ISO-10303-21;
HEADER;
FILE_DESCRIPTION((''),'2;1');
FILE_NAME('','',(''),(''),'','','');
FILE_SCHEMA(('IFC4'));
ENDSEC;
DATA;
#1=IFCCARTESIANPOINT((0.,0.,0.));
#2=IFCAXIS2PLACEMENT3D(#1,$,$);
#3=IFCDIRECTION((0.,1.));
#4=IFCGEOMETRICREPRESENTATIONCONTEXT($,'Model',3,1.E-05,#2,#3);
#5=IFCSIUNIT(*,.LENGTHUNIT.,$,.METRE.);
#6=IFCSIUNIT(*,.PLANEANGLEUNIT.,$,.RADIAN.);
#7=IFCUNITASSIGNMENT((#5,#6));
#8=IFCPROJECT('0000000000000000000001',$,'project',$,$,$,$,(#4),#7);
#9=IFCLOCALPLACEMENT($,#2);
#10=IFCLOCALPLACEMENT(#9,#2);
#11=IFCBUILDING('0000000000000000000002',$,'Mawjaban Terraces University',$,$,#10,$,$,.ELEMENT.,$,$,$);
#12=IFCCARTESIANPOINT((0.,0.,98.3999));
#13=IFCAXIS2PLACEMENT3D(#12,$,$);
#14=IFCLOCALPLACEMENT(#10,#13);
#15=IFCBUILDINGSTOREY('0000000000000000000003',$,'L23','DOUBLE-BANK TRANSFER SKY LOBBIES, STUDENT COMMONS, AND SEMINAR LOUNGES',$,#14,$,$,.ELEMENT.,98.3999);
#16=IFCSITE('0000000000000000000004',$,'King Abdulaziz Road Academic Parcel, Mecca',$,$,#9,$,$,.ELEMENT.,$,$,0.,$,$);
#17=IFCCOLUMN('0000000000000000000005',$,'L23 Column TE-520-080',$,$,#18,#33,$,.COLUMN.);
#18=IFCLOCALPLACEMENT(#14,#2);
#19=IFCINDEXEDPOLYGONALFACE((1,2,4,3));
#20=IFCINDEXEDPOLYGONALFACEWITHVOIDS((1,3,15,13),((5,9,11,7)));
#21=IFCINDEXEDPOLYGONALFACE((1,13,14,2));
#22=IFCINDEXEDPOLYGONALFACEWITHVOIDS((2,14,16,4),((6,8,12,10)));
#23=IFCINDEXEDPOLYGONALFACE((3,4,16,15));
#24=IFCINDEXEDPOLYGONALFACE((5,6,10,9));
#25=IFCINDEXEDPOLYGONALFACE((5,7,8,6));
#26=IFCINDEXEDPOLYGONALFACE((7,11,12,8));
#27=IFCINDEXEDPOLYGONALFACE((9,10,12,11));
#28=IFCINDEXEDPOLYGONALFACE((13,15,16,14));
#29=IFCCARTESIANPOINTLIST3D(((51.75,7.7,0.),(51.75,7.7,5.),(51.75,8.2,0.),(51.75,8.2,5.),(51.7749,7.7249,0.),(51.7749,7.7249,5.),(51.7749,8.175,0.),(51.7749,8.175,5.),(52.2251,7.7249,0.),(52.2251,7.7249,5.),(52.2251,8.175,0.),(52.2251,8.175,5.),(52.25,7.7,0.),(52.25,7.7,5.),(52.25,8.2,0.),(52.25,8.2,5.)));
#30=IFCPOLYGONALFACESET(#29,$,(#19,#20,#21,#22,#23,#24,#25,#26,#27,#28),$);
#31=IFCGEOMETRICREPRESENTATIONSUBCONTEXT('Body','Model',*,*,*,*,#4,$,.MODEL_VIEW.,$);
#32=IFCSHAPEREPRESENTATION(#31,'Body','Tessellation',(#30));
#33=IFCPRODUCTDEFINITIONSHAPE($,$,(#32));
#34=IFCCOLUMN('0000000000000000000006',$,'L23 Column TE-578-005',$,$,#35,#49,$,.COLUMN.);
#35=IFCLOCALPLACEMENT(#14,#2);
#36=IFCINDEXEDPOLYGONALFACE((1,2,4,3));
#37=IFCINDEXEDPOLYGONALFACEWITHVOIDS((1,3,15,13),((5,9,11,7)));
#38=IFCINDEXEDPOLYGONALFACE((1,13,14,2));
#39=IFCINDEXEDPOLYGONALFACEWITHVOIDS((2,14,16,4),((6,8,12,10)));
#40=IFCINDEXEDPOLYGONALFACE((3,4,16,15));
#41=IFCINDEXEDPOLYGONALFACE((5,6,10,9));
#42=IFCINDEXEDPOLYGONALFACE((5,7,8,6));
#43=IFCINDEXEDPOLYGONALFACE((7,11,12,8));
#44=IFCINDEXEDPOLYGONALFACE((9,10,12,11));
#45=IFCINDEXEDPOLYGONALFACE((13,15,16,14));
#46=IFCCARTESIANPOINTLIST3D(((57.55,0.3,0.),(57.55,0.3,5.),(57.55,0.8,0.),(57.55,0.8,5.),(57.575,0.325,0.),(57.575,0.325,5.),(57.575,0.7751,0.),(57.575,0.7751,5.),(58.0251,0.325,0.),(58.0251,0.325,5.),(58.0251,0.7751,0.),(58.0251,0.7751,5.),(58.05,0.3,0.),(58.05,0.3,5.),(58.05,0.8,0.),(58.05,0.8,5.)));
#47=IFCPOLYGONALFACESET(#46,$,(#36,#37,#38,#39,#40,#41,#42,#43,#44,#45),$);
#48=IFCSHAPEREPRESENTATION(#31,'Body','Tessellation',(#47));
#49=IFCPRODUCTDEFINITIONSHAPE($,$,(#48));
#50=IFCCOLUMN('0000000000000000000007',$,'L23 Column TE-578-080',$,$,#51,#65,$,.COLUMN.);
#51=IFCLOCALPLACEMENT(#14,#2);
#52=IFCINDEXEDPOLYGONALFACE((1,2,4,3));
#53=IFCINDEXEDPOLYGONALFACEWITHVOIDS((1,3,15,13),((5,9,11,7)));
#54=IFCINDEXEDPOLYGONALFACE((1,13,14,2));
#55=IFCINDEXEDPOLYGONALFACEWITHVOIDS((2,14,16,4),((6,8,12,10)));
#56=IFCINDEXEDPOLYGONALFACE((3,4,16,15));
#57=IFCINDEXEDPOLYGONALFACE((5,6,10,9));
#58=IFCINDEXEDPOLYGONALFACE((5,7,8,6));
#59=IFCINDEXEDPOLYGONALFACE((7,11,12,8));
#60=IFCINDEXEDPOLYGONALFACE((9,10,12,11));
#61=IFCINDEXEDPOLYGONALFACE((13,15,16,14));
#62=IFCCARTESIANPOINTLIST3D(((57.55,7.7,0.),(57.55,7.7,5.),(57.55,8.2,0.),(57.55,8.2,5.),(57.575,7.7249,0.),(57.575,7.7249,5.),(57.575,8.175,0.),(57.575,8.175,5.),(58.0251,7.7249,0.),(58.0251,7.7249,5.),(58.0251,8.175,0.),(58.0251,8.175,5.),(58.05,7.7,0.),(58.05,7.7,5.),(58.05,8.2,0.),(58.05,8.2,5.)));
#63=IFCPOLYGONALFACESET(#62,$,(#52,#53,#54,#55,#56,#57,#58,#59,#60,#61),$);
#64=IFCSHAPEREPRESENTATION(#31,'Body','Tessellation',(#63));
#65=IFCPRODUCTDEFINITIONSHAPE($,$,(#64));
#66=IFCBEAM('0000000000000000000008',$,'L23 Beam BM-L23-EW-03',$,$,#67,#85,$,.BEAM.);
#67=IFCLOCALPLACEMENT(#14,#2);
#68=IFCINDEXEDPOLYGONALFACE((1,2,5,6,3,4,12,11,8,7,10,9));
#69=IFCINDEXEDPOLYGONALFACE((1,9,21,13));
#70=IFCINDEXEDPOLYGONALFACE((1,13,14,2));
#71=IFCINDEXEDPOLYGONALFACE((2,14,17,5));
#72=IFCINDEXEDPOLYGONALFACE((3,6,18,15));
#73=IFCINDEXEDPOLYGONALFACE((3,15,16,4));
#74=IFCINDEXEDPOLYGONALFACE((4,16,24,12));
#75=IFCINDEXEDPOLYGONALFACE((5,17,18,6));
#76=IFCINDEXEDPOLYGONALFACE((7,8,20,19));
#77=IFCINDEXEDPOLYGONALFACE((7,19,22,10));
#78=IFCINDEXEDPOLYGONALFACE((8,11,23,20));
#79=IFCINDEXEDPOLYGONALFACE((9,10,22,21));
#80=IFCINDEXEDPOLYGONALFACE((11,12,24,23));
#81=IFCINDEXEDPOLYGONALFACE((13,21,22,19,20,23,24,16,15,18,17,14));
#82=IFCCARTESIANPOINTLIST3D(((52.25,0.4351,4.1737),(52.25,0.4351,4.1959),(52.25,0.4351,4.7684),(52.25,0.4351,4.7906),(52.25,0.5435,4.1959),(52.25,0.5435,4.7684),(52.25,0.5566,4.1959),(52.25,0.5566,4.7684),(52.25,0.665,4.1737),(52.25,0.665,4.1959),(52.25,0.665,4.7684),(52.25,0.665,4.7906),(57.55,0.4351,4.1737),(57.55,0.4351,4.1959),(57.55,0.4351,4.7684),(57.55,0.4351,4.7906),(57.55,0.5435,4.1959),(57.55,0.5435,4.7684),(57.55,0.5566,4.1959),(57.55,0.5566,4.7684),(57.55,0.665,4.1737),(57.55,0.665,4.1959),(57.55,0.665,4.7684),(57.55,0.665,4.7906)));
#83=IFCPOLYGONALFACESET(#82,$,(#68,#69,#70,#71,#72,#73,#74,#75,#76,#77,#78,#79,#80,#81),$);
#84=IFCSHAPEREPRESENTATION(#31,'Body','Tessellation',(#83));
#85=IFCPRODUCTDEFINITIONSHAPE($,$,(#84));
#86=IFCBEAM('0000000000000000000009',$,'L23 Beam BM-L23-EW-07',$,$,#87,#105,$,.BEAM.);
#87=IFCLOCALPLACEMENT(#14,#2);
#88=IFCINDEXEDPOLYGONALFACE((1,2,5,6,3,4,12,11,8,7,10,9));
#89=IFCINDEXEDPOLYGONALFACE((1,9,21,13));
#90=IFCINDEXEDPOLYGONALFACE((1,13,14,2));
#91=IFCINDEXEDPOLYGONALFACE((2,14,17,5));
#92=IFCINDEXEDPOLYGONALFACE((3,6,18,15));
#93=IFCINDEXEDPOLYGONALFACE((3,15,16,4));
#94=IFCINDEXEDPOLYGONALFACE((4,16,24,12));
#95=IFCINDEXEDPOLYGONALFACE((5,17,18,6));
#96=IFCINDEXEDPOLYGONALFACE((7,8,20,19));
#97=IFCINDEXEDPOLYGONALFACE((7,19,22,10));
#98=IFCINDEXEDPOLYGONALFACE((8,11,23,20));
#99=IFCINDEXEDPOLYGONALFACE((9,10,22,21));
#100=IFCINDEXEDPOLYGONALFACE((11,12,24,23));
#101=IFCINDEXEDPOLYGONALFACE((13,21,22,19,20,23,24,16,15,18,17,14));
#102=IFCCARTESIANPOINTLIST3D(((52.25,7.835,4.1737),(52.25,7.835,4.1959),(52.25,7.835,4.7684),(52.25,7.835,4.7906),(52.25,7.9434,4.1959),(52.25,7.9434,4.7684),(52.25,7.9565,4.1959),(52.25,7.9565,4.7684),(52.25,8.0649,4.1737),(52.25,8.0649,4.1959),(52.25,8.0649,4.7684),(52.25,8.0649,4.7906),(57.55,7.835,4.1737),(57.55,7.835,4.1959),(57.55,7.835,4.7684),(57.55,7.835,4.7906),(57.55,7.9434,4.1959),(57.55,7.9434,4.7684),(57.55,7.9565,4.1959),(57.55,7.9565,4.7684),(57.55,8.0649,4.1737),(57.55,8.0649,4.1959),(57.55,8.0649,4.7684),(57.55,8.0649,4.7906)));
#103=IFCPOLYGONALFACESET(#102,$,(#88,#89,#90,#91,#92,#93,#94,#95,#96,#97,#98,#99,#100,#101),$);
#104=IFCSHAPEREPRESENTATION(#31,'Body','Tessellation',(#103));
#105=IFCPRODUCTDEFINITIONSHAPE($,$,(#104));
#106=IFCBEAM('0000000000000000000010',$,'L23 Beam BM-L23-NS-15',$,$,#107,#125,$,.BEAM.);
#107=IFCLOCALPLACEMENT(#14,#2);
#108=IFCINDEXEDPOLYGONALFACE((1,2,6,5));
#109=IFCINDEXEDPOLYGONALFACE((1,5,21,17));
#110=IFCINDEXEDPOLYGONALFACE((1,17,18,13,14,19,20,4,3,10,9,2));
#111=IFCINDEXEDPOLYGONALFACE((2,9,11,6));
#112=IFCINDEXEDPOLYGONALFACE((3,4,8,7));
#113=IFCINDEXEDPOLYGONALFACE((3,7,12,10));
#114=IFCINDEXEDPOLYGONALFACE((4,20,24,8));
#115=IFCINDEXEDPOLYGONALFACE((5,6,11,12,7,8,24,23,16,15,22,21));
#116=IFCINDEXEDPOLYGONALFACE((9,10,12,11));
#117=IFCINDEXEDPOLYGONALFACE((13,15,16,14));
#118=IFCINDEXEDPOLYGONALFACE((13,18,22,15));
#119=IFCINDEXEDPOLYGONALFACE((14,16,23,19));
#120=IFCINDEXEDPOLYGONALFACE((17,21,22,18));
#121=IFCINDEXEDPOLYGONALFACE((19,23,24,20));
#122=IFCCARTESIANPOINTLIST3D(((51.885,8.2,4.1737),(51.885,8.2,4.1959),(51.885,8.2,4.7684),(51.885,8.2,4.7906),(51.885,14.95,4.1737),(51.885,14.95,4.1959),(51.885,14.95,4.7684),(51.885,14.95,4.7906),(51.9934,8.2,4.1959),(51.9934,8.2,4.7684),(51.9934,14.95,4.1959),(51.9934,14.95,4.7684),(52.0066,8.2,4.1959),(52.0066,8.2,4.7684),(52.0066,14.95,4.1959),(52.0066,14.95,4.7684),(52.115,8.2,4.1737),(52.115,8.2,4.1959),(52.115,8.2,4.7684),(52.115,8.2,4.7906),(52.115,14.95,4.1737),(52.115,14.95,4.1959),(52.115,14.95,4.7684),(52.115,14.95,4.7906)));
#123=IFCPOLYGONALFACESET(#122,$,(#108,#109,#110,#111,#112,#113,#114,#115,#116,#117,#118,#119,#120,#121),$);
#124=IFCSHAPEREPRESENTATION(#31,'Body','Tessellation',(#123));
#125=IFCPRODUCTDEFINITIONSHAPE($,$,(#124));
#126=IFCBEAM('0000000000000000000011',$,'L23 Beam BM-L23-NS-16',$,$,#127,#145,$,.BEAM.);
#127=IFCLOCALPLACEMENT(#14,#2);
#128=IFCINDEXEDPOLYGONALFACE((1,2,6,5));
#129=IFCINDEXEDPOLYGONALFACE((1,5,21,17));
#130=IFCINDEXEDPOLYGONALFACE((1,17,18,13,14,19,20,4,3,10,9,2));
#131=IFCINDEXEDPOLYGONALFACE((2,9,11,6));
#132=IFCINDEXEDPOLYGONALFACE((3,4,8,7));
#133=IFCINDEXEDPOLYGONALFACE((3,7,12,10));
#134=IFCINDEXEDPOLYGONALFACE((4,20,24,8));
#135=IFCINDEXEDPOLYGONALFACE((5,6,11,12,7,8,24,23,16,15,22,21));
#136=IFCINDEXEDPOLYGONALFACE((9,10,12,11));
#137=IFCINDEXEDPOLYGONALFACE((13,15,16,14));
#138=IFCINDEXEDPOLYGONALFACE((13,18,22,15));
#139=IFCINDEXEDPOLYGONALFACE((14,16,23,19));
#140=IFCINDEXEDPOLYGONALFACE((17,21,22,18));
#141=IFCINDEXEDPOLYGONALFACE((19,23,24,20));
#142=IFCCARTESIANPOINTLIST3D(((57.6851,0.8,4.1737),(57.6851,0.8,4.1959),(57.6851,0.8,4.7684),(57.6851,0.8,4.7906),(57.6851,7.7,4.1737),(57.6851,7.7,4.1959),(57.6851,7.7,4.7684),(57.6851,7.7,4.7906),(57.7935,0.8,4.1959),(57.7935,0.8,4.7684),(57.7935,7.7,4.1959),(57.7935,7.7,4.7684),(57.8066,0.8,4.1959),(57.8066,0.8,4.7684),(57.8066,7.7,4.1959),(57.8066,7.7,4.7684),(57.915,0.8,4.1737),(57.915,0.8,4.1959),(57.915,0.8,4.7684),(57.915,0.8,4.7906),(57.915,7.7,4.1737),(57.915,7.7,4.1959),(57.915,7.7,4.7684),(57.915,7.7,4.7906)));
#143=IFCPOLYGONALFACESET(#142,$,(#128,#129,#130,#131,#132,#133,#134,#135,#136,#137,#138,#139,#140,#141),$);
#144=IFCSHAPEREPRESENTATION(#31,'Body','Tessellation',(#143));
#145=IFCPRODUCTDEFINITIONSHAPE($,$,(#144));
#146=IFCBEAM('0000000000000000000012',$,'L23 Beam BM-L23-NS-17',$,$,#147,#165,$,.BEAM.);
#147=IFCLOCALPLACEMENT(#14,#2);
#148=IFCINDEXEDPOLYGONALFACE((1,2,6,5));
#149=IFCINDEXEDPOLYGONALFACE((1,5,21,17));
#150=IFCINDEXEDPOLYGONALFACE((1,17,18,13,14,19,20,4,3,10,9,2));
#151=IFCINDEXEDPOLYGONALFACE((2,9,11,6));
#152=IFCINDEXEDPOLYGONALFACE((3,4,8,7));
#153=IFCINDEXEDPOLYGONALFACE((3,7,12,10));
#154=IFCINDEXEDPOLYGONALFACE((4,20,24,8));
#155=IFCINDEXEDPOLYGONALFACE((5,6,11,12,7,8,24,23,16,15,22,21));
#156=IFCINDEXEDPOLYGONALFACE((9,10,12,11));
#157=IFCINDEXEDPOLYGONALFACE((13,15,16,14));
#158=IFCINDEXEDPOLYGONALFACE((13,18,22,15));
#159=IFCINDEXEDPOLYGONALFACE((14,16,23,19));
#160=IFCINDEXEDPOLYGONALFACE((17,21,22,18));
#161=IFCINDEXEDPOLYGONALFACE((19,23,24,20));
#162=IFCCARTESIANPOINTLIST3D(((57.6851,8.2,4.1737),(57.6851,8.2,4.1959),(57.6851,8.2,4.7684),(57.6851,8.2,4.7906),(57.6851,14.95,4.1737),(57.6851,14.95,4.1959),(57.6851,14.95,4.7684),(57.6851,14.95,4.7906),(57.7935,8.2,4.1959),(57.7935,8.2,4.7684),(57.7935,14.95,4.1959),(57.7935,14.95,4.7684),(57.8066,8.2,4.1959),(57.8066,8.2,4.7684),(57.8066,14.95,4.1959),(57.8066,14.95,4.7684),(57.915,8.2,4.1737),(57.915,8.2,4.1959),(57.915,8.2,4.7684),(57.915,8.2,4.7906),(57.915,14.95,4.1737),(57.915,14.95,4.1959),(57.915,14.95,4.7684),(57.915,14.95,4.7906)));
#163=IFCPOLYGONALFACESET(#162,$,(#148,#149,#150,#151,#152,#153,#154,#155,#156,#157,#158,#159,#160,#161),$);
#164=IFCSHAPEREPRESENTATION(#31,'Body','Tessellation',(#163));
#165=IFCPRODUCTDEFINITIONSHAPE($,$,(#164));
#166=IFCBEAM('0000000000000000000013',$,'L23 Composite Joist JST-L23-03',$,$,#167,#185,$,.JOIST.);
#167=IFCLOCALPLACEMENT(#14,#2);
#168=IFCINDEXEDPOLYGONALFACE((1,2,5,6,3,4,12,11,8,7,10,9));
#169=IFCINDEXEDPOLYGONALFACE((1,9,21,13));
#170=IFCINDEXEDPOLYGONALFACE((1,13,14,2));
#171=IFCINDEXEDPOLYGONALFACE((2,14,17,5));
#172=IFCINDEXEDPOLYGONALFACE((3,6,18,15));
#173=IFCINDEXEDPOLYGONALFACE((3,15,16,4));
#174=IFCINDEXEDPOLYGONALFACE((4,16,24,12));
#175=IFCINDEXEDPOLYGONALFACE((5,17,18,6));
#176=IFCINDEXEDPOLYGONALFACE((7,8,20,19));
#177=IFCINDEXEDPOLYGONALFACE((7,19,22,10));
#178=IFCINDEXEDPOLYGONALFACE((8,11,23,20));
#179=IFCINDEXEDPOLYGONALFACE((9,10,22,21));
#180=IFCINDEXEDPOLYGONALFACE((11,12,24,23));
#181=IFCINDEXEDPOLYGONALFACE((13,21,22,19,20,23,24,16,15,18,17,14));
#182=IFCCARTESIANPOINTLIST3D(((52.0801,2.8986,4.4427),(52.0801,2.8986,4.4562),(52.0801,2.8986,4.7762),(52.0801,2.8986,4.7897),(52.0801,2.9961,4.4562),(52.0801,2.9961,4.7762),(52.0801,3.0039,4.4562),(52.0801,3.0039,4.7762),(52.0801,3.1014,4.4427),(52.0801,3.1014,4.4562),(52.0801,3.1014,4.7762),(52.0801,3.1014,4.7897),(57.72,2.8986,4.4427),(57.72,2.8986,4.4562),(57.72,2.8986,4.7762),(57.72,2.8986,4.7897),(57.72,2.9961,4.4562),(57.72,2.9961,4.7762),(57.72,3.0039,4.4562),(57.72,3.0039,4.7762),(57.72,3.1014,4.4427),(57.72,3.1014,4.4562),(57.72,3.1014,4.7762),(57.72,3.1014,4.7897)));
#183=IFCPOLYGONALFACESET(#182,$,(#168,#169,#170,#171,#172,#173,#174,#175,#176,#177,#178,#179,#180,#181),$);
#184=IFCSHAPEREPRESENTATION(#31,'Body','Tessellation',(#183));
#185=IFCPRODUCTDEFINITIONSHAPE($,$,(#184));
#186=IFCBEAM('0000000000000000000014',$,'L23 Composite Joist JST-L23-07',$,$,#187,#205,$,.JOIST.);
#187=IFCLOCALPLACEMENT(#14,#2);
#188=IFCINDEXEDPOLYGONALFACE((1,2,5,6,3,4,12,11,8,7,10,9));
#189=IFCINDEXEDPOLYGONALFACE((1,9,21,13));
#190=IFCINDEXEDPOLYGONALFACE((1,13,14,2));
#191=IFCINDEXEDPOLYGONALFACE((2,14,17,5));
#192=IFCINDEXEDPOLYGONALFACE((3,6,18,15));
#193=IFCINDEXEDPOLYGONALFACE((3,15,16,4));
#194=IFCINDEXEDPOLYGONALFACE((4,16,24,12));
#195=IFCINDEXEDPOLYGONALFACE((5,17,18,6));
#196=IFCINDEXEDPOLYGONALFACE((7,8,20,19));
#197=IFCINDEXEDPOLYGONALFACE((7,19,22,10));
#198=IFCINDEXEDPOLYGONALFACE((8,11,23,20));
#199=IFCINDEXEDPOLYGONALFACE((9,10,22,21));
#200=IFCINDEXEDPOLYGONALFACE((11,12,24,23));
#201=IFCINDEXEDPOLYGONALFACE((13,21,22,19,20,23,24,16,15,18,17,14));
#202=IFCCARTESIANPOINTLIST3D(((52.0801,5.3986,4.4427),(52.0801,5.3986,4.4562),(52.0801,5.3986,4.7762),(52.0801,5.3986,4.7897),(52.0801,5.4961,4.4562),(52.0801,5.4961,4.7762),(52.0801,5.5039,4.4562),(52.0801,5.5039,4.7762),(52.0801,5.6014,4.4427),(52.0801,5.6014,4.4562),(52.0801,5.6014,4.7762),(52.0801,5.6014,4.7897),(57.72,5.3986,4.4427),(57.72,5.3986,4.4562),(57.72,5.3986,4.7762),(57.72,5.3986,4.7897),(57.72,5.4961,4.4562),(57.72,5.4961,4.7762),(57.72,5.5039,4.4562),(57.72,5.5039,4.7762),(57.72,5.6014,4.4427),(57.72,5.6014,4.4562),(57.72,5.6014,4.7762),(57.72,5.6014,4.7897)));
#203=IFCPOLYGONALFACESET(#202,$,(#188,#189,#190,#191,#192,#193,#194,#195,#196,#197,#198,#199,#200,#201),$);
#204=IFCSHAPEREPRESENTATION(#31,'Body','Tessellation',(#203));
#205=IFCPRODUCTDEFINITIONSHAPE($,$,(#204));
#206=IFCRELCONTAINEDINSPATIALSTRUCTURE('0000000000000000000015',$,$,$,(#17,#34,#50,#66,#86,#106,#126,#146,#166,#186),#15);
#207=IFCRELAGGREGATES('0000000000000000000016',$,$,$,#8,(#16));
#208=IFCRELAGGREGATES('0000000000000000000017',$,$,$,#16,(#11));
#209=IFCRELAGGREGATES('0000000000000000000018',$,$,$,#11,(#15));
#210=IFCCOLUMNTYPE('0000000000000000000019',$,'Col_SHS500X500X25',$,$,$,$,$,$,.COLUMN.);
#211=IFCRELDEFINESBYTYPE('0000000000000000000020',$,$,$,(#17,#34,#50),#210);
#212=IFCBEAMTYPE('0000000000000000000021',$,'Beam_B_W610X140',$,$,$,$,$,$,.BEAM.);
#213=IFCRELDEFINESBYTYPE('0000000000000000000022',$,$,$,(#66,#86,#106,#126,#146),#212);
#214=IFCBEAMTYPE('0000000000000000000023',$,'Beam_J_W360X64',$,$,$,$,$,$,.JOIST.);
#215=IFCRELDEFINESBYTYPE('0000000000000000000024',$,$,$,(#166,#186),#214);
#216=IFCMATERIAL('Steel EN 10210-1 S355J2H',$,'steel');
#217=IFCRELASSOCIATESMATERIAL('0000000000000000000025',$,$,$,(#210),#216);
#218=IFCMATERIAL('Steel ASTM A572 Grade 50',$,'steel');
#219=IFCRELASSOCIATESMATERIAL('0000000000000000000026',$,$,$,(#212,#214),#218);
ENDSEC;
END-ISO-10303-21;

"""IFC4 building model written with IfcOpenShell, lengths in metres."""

from ifc_helpers import new_model, si_unit, direction, frame, origin, origin_2d, place, context, subcontext, project, spatial, hollow_rectangle, i_section, extrude, material, material_profile, profile_set, type_object, element, save


model = new_model("IFC4")

# Units and contexts
model_context = context("Model", 3, precision=1e-05, world=origin(), true_north=direction((0.0, 1.0)))
body_context = subcontext(model_context, "Body", "Model", "MODEL_VIEW")
ifc_project = project(units=[si_unit("LENGTHUNIT", "METRE"), si_unit("PLANEANGLEUNIT", "RADIAN")], contexts=[model_context])

# Site, building, storey
site_placement = place(None, origin())
site = spatial("IfcSite", under=ifc_project, at=site_placement, Name="King Abdulaziz Road Academic Parcel, Mecca", CompositionType="ELEMENT", RefElevation=0.0)
building_placement = place(site_placement, origin())
building = spatial("IfcBuilding", under=site, at=building_placement, Name="Mawjaban Terraces University", CompositionType="ELEMENT")
storey_placement = place(building_placement, frame((0.0, 0.0, 98.3999)))
storey = spatial("IfcBuildingStorey", under=building, at=storey_placement, Name="L23", Description="DOUBLE-BANK TRANSFER SKY LOBBIES, STUDENT COMMONS, AND SEMINAR LOUNGES", CompositionType="ELEMENT", Elevation=98.3999)

# Columns
ifc_material_1 = material(Name="Steel EN 10210-1 S355J2H", Category="steel")
ifc_material_profile_1 = material_profile(ifc_material_1, hollow_rectangle(XDim=0.5, YDim=0.5, WallThickness=0.0249, at=origin_2d()), Name="SHS500X500X25")
ifc_profile_set_1 = profile_set([ifc_material_profile_1], Name="Steel EN 10210-1 S355J2H")
column_type = type_object("IfcColumnType", Name="Col_SHS500X500X25", PredefinedType="COLUMN", material=ifc_profile_set_1)
for number, where, z_axis, x_axis, name in (
    (1, (52.0, 7.95, 0.0), (0.0, 0.0, 1.0), (1.0, 0.0, 0.0), "L23 Column TE-520-080"),
    (2, (57.8, 0.55, 0.0), (0.0, 0.0, 1.0), (1.0, 0.0, 0.0), "L23 Column TE-578-005"),
    (3, (57.8, 7.95, 0.0), (0.0, 0.0, 1.0), (1.0, 0.0, 0.0), "L23 Column TE-578-080"),
):
    element("IfcColumn", number, at=place(storey_placement, frame(where, z_axis=z_axis, x_axis=x_axis)), inside=storey, type_object=column_type, Name=name, PredefinedType="COLUMN", context=body_context, shape_type="SweptSolid", body=[
        extrude(hollow_rectangle(XDim=0.5, YDim=0.5, WallThickness=0.0249, at=origin_2d()), origin(), (0.0, 0.0, 1.0), 5.0),
    ])

# Beams
ifc_material_2 = material(Name="Steel ASTM A572 Grade 50", Category="steel")
ifc_material_profile_2 = material_profile(ifc_material_2, i_section(OverallWidth=0.23, OverallDepth=0.6169, WebThickness=0.0132, FlangeThickness=0.0222, at=origin_2d()), Name="W610X140")
ifc_profile_set_2 = profile_set([ifc_material_profile_2], Name="Steel ASTM A572 Grade 50")
beam_type_1 = type_object("IfcBeamType", Name="Beam_B_W610X140", PredefinedType="BEAM", material=ifc_profile_set_2)
for number, where, z_axis, x_axis, name in (
    (4, (52.25, 0.55, 4.4822), (1.0, 0.0, 0.0), (0.0, 1.0, 0.0), "L23 Beam BM-L23-EW-03"),
    (5, (52.25, 7.95, 4.4822), (1.0, 0.0, 0.0), (0.0, 1.0, 0.0), "L23 Beam BM-L23-EW-07"),
):
    element("IfcBeam", number, at=place(storey_placement, frame(where, z_axis=z_axis, x_axis=x_axis)), inside=storey, type_object=beam_type_1, Name=name, PredefinedType="BEAM", context=body_context, shape_type="SweptSolid", body=[
        extrude(i_section(OverallWidth=0.23, OverallDepth=0.6169, WebThickness=0.0132, FlangeThickness=0.0222, at=origin_2d()), origin(), (0.0, 0.0, 1.0), 5.3),
    ])
beam_1_placement = place(storey_placement, frame((52.0, 8.2, 4.4822), z_axis=(0.0, 1.0, 0.0), x_axis=(-1.0, 0.0, 0.0)))
element("IfcBeam", 6, at=beam_1_placement, inside=storey, type_object=beam_type_1, Name="L23 Beam BM-L23-NS-15", PredefinedType="BEAM", context=body_context, shape_type="SweptSolid", body=[
    extrude(i_section(OverallWidth=0.23, OverallDepth=0.6169, WebThickness=0.0132, FlangeThickness=0.0222, at=origin_2d()), origin(), (0.0, 0.0, 1.0), 6.75),
])
beam_2_placement = place(storey_placement, frame((57.8, 0.8, 4.4822), z_axis=(0.0, 1.0, 0.0), x_axis=(-1.0, 0.0, 0.0)))
element("IfcBeam", 7, at=beam_2_placement, inside=storey, type_object=beam_type_1, Name="L23 Beam BM-L23-NS-16", PredefinedType="BEAM", context=body_context, shape_type="SweptSolid", body=[
    extrude(i_section(OverallWidth=0.23, OverallDepth=0.6169, WebThickness=0.0132, FlangeThickness=0.0222, at=origin_2d()), origin(), (0.0, 0.0, 1.0), 6.8999),
])
beam_3_placement = place(storey_placement, frame((57.8, 8.2, 4.4822), z_axis=(0.0, 1.0, 0.0), x_axis=(-1.0, 0.0, 0.0)))
element("IfcBeam", 8, at=beam_3_placement, inside=storey, type_object=beam_type_1, Name="L23 Beam BM-L23-NS-17", PredefinedType="BEAM", context=body_context, shape_type="SweptSolid", body=[
    extrude(i_section(OverallWidth=0.23, OverallDepth=0.6169, WebThickness=0.0132, FlangeThickness=0.0222, at=origin_2d()), origin(), (0.0, 0.0, 1.0), 6.75),
])
ifc_material_profile_3 = material_profile(ifc_material_2, i_section(OverallWidth=0.2029, OverallDepth=0.3469, WebThickness=0.0078, FlangeThickness=0.0134, at=origin_2d()), Name="W360X64")
ifc_profile_set_3 = profile_set([ifc_material_profile_3], Name="Steel ASTM A572 Grade 50")
beam_type_2 = type_object("IfcBeamType", Name="Beam_J_W360X64", PredefinedType="JOIST", material=ifc_profile_set_3)
for number, where, z_axis, x_axis, name in (
    (9, (52.0801, 3.0, 4.6162), (1.0, 0.0, 0.0), (0.0, 1.0, 0.0), "L23 Composite Joist JST-L23-03"),
    (10, (52.0801, 5.5, 4.6162), (1.0, 0.0, 0.0), (0.0, 1.0, 0.0), "L23 Composite Joist JST-L23-07"),
):
    element("IfcBeam", number, at=place(storey_placement, frame(where, z_axis=z_axis, x_axis=x_axis)), inside=storey, type_object=beam_type_2, Name=name, PredefinedType="JOIST", context=body_context, shape_type="SweptSolid", body=[
        extrude(i_section(OverallWidth=0.2029, OverallDepth=0.3469, WebThickness=0.0078, FlangeThickness=0.0134, at=origin_2d()), origin(), (0.0, 0.0, 1.0), 5.6399),
    ])

save(model, "model.ifc")
